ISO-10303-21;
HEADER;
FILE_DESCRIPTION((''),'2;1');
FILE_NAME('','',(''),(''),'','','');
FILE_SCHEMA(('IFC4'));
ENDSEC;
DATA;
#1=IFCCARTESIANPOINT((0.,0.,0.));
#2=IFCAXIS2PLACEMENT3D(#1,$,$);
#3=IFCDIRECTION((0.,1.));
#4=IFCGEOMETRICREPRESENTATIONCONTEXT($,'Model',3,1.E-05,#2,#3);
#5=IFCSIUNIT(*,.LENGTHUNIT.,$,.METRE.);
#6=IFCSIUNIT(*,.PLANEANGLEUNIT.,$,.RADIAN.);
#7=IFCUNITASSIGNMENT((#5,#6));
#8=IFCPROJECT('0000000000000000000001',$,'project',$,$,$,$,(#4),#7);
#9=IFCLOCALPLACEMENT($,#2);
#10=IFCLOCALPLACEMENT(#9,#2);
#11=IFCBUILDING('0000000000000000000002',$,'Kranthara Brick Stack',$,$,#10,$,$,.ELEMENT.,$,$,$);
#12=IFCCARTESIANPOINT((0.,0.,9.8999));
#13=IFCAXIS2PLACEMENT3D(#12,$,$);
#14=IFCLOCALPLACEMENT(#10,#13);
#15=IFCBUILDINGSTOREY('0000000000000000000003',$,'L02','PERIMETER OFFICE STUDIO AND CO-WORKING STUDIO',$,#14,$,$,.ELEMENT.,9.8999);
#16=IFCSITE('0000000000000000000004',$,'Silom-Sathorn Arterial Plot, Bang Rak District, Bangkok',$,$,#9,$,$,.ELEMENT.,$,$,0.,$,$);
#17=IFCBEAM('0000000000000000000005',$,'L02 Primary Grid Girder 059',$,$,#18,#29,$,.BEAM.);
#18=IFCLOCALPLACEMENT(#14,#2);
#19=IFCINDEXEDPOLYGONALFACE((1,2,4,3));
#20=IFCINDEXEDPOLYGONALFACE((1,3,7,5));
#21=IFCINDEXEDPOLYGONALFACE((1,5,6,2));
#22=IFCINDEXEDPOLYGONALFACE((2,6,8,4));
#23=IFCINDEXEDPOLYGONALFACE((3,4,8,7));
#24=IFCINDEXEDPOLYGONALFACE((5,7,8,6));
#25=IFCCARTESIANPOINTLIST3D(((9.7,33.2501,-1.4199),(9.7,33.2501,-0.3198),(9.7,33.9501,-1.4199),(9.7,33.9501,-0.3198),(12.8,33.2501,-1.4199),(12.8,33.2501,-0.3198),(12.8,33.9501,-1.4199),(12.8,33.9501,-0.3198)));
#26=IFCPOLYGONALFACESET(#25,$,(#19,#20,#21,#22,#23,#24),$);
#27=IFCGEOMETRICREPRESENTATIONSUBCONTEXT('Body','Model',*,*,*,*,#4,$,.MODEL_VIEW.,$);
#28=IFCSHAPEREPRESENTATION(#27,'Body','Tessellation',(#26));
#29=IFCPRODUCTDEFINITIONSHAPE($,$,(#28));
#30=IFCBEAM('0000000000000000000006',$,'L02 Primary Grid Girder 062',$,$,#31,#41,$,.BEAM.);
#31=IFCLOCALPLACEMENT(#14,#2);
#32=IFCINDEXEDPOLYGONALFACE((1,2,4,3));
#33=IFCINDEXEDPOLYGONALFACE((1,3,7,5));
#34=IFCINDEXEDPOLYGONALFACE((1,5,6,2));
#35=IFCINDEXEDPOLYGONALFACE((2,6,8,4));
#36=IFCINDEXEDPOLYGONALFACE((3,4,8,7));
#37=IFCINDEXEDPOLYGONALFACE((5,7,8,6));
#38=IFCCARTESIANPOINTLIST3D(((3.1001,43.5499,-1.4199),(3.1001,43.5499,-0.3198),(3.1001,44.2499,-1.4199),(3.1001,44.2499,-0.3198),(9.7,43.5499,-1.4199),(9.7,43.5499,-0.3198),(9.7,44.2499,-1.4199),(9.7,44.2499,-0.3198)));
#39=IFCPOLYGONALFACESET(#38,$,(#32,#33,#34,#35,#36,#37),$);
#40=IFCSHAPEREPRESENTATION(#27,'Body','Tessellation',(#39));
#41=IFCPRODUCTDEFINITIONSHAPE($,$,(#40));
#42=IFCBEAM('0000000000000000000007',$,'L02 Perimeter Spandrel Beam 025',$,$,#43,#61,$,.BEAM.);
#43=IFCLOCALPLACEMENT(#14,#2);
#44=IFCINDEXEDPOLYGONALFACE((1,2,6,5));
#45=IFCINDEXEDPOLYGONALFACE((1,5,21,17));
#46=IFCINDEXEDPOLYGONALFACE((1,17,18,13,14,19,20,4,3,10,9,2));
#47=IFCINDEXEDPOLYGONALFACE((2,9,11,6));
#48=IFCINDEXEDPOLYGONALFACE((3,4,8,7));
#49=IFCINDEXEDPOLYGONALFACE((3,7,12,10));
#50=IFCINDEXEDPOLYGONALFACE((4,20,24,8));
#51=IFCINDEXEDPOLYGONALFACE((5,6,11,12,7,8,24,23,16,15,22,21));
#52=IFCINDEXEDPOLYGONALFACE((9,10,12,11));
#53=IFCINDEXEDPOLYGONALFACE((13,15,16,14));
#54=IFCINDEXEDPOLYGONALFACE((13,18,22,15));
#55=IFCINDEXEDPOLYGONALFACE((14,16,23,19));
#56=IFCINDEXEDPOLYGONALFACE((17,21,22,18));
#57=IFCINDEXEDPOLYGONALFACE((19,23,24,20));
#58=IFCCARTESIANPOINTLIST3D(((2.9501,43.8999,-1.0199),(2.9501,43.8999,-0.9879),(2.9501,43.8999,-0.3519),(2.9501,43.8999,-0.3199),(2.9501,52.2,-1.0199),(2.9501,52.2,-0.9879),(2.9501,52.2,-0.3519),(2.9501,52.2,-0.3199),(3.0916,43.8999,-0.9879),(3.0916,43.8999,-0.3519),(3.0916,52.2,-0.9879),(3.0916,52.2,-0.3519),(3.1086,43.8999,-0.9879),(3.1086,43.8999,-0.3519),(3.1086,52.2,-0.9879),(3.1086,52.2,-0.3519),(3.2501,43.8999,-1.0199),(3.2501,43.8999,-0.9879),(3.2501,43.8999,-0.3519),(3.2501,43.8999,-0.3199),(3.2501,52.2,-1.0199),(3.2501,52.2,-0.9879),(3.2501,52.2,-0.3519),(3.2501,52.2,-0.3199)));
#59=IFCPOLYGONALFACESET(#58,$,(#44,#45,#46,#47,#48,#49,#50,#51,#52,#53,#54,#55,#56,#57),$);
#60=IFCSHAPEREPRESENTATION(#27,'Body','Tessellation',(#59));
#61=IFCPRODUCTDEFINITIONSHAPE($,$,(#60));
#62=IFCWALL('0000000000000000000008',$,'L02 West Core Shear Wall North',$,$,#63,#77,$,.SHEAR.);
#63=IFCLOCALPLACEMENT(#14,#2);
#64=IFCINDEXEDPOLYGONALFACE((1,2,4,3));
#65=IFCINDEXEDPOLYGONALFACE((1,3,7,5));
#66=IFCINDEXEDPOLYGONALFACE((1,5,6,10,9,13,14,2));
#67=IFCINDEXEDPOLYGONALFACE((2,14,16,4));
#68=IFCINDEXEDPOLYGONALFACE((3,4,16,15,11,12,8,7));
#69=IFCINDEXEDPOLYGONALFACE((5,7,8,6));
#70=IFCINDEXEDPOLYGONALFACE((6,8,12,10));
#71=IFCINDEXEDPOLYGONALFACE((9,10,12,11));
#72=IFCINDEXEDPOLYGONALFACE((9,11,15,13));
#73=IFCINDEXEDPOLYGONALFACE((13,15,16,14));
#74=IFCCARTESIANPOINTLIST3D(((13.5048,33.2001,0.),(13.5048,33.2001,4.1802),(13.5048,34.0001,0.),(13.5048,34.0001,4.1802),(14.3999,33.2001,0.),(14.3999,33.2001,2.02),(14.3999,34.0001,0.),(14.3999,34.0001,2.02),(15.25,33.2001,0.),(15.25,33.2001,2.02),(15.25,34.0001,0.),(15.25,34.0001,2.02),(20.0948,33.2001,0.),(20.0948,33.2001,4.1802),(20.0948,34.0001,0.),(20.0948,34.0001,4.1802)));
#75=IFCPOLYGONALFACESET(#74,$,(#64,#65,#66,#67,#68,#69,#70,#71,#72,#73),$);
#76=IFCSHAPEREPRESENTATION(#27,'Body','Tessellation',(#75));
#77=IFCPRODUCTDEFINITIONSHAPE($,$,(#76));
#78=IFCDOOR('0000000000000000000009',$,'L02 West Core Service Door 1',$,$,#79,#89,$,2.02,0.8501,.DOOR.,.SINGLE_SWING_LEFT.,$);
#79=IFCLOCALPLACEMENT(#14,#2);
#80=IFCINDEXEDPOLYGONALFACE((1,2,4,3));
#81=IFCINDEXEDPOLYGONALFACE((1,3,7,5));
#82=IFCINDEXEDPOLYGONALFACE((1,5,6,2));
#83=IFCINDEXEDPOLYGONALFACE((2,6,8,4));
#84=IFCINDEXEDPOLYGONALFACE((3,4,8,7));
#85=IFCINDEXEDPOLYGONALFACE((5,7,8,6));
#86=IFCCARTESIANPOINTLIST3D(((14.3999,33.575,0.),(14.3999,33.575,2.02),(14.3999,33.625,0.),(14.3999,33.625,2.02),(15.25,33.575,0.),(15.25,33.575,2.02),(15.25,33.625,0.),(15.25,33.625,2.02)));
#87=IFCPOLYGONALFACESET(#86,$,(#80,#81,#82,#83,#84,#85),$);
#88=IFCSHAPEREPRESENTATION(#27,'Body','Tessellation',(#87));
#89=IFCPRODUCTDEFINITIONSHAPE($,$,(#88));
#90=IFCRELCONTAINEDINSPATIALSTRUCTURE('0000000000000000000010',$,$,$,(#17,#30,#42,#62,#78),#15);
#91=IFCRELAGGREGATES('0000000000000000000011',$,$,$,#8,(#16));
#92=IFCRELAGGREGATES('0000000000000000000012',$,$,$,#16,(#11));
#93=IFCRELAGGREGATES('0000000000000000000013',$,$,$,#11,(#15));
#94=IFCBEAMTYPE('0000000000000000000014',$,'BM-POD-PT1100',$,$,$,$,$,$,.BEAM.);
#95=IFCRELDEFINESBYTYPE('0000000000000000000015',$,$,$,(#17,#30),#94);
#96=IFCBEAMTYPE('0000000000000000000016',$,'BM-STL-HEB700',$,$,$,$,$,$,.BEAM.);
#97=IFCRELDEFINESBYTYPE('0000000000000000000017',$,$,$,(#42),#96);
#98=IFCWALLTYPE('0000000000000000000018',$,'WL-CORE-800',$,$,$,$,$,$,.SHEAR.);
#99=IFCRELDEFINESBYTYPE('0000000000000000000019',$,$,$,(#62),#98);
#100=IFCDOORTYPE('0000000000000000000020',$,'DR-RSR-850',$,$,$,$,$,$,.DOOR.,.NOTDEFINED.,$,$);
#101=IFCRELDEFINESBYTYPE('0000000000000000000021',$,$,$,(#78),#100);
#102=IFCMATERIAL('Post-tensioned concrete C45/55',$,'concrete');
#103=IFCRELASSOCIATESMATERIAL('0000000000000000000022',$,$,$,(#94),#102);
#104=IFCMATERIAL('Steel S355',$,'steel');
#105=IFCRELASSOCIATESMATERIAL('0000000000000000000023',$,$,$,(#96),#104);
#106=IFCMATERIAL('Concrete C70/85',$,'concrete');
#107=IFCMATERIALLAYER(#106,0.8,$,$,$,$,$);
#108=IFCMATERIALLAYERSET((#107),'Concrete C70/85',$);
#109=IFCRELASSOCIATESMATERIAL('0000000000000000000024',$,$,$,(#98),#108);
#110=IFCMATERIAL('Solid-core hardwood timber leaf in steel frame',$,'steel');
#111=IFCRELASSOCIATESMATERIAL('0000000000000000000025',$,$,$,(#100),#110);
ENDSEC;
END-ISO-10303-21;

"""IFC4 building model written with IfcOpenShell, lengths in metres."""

from ifc_helpers import new_model, si_unit, direction, frame, frame_2d, origin, origin_2d, place, context, subcontext, project, spatial, rectangle, i_section, extrude, material, layer, layer_set, material_profile, profile_set, type_object, element, fill, save


model = new_model("IFC4")

# Units and contexts
model_context = context("Model", 3, precision=1e-05, world=origin(), true_north=direction((0.0, 1.0)))
body_context = subcontext(model_context, "Body", "Model", "MODEL_VIEW")
ifc_project = project(units=[si_unit("LENGTHUNIT", "METRE"), si_unit("PLANEANGLEUNIT", "RADIAN")], contexts=[model_context])

# Site, building, storey
site_placement = place(None, origin())
site = spatial("IfcSite", under=ifc_project, at=site_placement, Name="Silom-Sathorn Arterial Plot, Bang Rak District, Bangkok", CompositionType="ELEMENT", RefElevation=0.0)
building_placement = place(site_placement, origin())
building = spatial("IfcBuilding", under=site, at=building_placement, Name="Kranthara Brick Stack", CompositionType="ELEMENT")
storey_placement = place(building_placement, frame((0.0, 0.0, 9.8999)))
storey = spatial("IfcBuildingStorey", under=building, at=storey_placement, Name="L02", Description="PERIMETER OFFICE STUDIO AND CO-WORKING STUDIO", CompositionType="ELEMENT", Elevation=9.8999)

# Beams
ifc_material_1 = material(Name="Post-tensioned concrete C45/55", Category="concrete")
ifc_material_profile_1 = material_profile(ifc_material_1, rectangle(XDim=0.7, YDim=1.1001, at=origin_2d()), Name="PT 700x1100")
ifc_profile_set_1 = profile_set([ifc_material_profile_1], Name="Post-tensioned concrete C45/55")
beam_type_1 = type_object("IfcBeamType", Name="BM-POD-PT1100", PredefinedType="BEAM", material=ifc_profile_set_1)
beam_1_placement = place(storey_placement, frame((9.7, 33.6001, -0.8699), z_axis=(1.0, 0.0, 0.0), x_axis=(0.0, 1.0, 0.0)))
element("IfcBeam", 1, at=beam_1_placement, inside=storey, type_object=beam_type_1, Name="L02 Primary Grid Girder 059", PredefinedType="BEAM", context=body_context, shape_type="SweptSolid", body=[
    extrude(rectangle(XDim=0.7, YDim=1.1001, at=origin_2d()), origin(), (0.0, 0.0, 1.0), 3.1001),
])
beam_2_placement = place(storey_placement, frame((3.1001, 43.8999, -0.8699), z_axis=(1.0, 0.0, 0.0), x_axis=(0.0, 1.0, 0.0)))
element("IfcBeam", 2, at=beam_2_placement, inside=storey, type_object=beam_type_1, Name="L02 Primary Grid Girder 062", PredefinedType="BEAM", context=body_context, shape_type="SweptSolid", body=[
    extrude(rectangle(XDim=0.7, YDim=1.1001, at=origin_2d()), origin(), (0.0, 0.0, 1.0), 6.5999),
])
ifc_material_2 = material(Name="Steel S355", Category="steel")
ifc_material_profile_2 = material_profile(ifc_material_2, i_section(OverallWidth=0.3, OverallDepth=0.7, WebThickness=0.0171, FlangeThickness=0.032, at=origin_2d()), Name="HEB 700")
ifc_profile_set_2 = profile_set([ifc_material_profile_2], Name="Steel S355")
beam_type_2 = type_object("IfcBeamType", Name="BM-STL-HEB700", PredefinedType="BEAM", material=ifc_profile_set_2)
beam_3_placement = place(storey_placement, frame((3.1001, 43.8999, -0.6699), z_axis=(0.0, 1.0, 0.0), x_axis=(-1.0, 0.0, 0.0)))
element("IfcBeam", 3, at=beam_3_placement, inside=storey, type_object=beam_type_2, Name="L02 Perimeter Spandrel Beam 025", PredefinedType="BEAM", context=body_context, shape_type="SweptSolid", body=[
    extrude(i_section(OverallWidth=0.3, OverallDepth=0.7, WebThickness=0.0171, FlangeThickness=0.032, at=origin_2d()), origin(), (0.0, 0.0, 1.0), 8.3),
])

# Wall, opening, door
ifc_material_3 = material(Name="Concrete C70/85", Category="concrete")
ifc_layer_1 = layer(ifc_material_3, 0.8)
ifc_layer_set_1 = layer_set([ifc_layer_1], Name="Concrete C70/85")
wall_type_1 = type_object("IfcWallType", Name="WL-CORE-800", PredefinedType="SHEAR", material=ifc_layer_set_1)
wall_1_placement = place(storey_placement, frame((13.5049, 33.6001, 0.0), z_axis=(0.0, 0.0, 1.0), x_axis=(1.0, 0.0, 0.0)))
wall_1 = element("IfcWall", 4, at=wall_1_placement, inside=storey, type_object=wall_type_1, Name="L02 West Core Shear Wall North", PredefinedType="SHEAR", context=body_context, shape_type="SweptSolid", body=[
    extrude(rectangle(XDim=6.5901, YDim=0.8, at=frame_2d((3.2949, 0.0))), origin(), (0.0, 0.0, 1.0), 4.1802),
])
opening_1_placement = place(wall_1_placement, frame((0.895, 0.0, 0.0)))
opening_1 = element("IfcOpeningElement", 5, at=opening_1_placement, cuts=wall_1, PredefinedType="OPENING", context=body_context, shape_type="SweptSolid", body=[
    extrude(rectangle(XDim=0.8501, YDim=2.02, at=frame_2d((0.425, 1.01))), frame((0.0, 0.4099, 0.0), z_axis=(0.0, -1.0, 0.0), x_axis=(1.0, 0.0, 0.0)), (0.0, 0.0, 1.0), 0.8201),
])
ifc_material_4 = material(Name="Solid-core hardwood timber leaf in steel frame", Category="steel")
door_type_1 = type_object("IfcDoorType", Name="DR-RSR-850", OperationType="NOTDEFINED", PredefinedType="DOOR", material=ifc_material_4)
door_1_placement = place(opening_1_placement, origin())
door_1 = element("IfcDoor", 6, at=door_1_placement, inside=storey, type_object=door_type_1, Name="L02 West Core Service Door 1", OperationType="SINGLE_SWING_LEFT", OverallHeight=2.02, OverallWidth=0.8501, PredefinedType="DOOR", context=body_context, shape_type="SweptSolid", body=[
    extrude(rectangle(XDim=0.8501, YDim=2.02, at=frame_2d((0.425, 1.01))), frame((0.0, 0.0249, 0.0), z_axis=(0.0, -1.0, 0.0), x_axis=(1.0, 0.0, 0.0)), (0.0, 0.0, 1.0), 0.05),
])
fill(opening_1, door_1)

save(model, "model.ifc")
